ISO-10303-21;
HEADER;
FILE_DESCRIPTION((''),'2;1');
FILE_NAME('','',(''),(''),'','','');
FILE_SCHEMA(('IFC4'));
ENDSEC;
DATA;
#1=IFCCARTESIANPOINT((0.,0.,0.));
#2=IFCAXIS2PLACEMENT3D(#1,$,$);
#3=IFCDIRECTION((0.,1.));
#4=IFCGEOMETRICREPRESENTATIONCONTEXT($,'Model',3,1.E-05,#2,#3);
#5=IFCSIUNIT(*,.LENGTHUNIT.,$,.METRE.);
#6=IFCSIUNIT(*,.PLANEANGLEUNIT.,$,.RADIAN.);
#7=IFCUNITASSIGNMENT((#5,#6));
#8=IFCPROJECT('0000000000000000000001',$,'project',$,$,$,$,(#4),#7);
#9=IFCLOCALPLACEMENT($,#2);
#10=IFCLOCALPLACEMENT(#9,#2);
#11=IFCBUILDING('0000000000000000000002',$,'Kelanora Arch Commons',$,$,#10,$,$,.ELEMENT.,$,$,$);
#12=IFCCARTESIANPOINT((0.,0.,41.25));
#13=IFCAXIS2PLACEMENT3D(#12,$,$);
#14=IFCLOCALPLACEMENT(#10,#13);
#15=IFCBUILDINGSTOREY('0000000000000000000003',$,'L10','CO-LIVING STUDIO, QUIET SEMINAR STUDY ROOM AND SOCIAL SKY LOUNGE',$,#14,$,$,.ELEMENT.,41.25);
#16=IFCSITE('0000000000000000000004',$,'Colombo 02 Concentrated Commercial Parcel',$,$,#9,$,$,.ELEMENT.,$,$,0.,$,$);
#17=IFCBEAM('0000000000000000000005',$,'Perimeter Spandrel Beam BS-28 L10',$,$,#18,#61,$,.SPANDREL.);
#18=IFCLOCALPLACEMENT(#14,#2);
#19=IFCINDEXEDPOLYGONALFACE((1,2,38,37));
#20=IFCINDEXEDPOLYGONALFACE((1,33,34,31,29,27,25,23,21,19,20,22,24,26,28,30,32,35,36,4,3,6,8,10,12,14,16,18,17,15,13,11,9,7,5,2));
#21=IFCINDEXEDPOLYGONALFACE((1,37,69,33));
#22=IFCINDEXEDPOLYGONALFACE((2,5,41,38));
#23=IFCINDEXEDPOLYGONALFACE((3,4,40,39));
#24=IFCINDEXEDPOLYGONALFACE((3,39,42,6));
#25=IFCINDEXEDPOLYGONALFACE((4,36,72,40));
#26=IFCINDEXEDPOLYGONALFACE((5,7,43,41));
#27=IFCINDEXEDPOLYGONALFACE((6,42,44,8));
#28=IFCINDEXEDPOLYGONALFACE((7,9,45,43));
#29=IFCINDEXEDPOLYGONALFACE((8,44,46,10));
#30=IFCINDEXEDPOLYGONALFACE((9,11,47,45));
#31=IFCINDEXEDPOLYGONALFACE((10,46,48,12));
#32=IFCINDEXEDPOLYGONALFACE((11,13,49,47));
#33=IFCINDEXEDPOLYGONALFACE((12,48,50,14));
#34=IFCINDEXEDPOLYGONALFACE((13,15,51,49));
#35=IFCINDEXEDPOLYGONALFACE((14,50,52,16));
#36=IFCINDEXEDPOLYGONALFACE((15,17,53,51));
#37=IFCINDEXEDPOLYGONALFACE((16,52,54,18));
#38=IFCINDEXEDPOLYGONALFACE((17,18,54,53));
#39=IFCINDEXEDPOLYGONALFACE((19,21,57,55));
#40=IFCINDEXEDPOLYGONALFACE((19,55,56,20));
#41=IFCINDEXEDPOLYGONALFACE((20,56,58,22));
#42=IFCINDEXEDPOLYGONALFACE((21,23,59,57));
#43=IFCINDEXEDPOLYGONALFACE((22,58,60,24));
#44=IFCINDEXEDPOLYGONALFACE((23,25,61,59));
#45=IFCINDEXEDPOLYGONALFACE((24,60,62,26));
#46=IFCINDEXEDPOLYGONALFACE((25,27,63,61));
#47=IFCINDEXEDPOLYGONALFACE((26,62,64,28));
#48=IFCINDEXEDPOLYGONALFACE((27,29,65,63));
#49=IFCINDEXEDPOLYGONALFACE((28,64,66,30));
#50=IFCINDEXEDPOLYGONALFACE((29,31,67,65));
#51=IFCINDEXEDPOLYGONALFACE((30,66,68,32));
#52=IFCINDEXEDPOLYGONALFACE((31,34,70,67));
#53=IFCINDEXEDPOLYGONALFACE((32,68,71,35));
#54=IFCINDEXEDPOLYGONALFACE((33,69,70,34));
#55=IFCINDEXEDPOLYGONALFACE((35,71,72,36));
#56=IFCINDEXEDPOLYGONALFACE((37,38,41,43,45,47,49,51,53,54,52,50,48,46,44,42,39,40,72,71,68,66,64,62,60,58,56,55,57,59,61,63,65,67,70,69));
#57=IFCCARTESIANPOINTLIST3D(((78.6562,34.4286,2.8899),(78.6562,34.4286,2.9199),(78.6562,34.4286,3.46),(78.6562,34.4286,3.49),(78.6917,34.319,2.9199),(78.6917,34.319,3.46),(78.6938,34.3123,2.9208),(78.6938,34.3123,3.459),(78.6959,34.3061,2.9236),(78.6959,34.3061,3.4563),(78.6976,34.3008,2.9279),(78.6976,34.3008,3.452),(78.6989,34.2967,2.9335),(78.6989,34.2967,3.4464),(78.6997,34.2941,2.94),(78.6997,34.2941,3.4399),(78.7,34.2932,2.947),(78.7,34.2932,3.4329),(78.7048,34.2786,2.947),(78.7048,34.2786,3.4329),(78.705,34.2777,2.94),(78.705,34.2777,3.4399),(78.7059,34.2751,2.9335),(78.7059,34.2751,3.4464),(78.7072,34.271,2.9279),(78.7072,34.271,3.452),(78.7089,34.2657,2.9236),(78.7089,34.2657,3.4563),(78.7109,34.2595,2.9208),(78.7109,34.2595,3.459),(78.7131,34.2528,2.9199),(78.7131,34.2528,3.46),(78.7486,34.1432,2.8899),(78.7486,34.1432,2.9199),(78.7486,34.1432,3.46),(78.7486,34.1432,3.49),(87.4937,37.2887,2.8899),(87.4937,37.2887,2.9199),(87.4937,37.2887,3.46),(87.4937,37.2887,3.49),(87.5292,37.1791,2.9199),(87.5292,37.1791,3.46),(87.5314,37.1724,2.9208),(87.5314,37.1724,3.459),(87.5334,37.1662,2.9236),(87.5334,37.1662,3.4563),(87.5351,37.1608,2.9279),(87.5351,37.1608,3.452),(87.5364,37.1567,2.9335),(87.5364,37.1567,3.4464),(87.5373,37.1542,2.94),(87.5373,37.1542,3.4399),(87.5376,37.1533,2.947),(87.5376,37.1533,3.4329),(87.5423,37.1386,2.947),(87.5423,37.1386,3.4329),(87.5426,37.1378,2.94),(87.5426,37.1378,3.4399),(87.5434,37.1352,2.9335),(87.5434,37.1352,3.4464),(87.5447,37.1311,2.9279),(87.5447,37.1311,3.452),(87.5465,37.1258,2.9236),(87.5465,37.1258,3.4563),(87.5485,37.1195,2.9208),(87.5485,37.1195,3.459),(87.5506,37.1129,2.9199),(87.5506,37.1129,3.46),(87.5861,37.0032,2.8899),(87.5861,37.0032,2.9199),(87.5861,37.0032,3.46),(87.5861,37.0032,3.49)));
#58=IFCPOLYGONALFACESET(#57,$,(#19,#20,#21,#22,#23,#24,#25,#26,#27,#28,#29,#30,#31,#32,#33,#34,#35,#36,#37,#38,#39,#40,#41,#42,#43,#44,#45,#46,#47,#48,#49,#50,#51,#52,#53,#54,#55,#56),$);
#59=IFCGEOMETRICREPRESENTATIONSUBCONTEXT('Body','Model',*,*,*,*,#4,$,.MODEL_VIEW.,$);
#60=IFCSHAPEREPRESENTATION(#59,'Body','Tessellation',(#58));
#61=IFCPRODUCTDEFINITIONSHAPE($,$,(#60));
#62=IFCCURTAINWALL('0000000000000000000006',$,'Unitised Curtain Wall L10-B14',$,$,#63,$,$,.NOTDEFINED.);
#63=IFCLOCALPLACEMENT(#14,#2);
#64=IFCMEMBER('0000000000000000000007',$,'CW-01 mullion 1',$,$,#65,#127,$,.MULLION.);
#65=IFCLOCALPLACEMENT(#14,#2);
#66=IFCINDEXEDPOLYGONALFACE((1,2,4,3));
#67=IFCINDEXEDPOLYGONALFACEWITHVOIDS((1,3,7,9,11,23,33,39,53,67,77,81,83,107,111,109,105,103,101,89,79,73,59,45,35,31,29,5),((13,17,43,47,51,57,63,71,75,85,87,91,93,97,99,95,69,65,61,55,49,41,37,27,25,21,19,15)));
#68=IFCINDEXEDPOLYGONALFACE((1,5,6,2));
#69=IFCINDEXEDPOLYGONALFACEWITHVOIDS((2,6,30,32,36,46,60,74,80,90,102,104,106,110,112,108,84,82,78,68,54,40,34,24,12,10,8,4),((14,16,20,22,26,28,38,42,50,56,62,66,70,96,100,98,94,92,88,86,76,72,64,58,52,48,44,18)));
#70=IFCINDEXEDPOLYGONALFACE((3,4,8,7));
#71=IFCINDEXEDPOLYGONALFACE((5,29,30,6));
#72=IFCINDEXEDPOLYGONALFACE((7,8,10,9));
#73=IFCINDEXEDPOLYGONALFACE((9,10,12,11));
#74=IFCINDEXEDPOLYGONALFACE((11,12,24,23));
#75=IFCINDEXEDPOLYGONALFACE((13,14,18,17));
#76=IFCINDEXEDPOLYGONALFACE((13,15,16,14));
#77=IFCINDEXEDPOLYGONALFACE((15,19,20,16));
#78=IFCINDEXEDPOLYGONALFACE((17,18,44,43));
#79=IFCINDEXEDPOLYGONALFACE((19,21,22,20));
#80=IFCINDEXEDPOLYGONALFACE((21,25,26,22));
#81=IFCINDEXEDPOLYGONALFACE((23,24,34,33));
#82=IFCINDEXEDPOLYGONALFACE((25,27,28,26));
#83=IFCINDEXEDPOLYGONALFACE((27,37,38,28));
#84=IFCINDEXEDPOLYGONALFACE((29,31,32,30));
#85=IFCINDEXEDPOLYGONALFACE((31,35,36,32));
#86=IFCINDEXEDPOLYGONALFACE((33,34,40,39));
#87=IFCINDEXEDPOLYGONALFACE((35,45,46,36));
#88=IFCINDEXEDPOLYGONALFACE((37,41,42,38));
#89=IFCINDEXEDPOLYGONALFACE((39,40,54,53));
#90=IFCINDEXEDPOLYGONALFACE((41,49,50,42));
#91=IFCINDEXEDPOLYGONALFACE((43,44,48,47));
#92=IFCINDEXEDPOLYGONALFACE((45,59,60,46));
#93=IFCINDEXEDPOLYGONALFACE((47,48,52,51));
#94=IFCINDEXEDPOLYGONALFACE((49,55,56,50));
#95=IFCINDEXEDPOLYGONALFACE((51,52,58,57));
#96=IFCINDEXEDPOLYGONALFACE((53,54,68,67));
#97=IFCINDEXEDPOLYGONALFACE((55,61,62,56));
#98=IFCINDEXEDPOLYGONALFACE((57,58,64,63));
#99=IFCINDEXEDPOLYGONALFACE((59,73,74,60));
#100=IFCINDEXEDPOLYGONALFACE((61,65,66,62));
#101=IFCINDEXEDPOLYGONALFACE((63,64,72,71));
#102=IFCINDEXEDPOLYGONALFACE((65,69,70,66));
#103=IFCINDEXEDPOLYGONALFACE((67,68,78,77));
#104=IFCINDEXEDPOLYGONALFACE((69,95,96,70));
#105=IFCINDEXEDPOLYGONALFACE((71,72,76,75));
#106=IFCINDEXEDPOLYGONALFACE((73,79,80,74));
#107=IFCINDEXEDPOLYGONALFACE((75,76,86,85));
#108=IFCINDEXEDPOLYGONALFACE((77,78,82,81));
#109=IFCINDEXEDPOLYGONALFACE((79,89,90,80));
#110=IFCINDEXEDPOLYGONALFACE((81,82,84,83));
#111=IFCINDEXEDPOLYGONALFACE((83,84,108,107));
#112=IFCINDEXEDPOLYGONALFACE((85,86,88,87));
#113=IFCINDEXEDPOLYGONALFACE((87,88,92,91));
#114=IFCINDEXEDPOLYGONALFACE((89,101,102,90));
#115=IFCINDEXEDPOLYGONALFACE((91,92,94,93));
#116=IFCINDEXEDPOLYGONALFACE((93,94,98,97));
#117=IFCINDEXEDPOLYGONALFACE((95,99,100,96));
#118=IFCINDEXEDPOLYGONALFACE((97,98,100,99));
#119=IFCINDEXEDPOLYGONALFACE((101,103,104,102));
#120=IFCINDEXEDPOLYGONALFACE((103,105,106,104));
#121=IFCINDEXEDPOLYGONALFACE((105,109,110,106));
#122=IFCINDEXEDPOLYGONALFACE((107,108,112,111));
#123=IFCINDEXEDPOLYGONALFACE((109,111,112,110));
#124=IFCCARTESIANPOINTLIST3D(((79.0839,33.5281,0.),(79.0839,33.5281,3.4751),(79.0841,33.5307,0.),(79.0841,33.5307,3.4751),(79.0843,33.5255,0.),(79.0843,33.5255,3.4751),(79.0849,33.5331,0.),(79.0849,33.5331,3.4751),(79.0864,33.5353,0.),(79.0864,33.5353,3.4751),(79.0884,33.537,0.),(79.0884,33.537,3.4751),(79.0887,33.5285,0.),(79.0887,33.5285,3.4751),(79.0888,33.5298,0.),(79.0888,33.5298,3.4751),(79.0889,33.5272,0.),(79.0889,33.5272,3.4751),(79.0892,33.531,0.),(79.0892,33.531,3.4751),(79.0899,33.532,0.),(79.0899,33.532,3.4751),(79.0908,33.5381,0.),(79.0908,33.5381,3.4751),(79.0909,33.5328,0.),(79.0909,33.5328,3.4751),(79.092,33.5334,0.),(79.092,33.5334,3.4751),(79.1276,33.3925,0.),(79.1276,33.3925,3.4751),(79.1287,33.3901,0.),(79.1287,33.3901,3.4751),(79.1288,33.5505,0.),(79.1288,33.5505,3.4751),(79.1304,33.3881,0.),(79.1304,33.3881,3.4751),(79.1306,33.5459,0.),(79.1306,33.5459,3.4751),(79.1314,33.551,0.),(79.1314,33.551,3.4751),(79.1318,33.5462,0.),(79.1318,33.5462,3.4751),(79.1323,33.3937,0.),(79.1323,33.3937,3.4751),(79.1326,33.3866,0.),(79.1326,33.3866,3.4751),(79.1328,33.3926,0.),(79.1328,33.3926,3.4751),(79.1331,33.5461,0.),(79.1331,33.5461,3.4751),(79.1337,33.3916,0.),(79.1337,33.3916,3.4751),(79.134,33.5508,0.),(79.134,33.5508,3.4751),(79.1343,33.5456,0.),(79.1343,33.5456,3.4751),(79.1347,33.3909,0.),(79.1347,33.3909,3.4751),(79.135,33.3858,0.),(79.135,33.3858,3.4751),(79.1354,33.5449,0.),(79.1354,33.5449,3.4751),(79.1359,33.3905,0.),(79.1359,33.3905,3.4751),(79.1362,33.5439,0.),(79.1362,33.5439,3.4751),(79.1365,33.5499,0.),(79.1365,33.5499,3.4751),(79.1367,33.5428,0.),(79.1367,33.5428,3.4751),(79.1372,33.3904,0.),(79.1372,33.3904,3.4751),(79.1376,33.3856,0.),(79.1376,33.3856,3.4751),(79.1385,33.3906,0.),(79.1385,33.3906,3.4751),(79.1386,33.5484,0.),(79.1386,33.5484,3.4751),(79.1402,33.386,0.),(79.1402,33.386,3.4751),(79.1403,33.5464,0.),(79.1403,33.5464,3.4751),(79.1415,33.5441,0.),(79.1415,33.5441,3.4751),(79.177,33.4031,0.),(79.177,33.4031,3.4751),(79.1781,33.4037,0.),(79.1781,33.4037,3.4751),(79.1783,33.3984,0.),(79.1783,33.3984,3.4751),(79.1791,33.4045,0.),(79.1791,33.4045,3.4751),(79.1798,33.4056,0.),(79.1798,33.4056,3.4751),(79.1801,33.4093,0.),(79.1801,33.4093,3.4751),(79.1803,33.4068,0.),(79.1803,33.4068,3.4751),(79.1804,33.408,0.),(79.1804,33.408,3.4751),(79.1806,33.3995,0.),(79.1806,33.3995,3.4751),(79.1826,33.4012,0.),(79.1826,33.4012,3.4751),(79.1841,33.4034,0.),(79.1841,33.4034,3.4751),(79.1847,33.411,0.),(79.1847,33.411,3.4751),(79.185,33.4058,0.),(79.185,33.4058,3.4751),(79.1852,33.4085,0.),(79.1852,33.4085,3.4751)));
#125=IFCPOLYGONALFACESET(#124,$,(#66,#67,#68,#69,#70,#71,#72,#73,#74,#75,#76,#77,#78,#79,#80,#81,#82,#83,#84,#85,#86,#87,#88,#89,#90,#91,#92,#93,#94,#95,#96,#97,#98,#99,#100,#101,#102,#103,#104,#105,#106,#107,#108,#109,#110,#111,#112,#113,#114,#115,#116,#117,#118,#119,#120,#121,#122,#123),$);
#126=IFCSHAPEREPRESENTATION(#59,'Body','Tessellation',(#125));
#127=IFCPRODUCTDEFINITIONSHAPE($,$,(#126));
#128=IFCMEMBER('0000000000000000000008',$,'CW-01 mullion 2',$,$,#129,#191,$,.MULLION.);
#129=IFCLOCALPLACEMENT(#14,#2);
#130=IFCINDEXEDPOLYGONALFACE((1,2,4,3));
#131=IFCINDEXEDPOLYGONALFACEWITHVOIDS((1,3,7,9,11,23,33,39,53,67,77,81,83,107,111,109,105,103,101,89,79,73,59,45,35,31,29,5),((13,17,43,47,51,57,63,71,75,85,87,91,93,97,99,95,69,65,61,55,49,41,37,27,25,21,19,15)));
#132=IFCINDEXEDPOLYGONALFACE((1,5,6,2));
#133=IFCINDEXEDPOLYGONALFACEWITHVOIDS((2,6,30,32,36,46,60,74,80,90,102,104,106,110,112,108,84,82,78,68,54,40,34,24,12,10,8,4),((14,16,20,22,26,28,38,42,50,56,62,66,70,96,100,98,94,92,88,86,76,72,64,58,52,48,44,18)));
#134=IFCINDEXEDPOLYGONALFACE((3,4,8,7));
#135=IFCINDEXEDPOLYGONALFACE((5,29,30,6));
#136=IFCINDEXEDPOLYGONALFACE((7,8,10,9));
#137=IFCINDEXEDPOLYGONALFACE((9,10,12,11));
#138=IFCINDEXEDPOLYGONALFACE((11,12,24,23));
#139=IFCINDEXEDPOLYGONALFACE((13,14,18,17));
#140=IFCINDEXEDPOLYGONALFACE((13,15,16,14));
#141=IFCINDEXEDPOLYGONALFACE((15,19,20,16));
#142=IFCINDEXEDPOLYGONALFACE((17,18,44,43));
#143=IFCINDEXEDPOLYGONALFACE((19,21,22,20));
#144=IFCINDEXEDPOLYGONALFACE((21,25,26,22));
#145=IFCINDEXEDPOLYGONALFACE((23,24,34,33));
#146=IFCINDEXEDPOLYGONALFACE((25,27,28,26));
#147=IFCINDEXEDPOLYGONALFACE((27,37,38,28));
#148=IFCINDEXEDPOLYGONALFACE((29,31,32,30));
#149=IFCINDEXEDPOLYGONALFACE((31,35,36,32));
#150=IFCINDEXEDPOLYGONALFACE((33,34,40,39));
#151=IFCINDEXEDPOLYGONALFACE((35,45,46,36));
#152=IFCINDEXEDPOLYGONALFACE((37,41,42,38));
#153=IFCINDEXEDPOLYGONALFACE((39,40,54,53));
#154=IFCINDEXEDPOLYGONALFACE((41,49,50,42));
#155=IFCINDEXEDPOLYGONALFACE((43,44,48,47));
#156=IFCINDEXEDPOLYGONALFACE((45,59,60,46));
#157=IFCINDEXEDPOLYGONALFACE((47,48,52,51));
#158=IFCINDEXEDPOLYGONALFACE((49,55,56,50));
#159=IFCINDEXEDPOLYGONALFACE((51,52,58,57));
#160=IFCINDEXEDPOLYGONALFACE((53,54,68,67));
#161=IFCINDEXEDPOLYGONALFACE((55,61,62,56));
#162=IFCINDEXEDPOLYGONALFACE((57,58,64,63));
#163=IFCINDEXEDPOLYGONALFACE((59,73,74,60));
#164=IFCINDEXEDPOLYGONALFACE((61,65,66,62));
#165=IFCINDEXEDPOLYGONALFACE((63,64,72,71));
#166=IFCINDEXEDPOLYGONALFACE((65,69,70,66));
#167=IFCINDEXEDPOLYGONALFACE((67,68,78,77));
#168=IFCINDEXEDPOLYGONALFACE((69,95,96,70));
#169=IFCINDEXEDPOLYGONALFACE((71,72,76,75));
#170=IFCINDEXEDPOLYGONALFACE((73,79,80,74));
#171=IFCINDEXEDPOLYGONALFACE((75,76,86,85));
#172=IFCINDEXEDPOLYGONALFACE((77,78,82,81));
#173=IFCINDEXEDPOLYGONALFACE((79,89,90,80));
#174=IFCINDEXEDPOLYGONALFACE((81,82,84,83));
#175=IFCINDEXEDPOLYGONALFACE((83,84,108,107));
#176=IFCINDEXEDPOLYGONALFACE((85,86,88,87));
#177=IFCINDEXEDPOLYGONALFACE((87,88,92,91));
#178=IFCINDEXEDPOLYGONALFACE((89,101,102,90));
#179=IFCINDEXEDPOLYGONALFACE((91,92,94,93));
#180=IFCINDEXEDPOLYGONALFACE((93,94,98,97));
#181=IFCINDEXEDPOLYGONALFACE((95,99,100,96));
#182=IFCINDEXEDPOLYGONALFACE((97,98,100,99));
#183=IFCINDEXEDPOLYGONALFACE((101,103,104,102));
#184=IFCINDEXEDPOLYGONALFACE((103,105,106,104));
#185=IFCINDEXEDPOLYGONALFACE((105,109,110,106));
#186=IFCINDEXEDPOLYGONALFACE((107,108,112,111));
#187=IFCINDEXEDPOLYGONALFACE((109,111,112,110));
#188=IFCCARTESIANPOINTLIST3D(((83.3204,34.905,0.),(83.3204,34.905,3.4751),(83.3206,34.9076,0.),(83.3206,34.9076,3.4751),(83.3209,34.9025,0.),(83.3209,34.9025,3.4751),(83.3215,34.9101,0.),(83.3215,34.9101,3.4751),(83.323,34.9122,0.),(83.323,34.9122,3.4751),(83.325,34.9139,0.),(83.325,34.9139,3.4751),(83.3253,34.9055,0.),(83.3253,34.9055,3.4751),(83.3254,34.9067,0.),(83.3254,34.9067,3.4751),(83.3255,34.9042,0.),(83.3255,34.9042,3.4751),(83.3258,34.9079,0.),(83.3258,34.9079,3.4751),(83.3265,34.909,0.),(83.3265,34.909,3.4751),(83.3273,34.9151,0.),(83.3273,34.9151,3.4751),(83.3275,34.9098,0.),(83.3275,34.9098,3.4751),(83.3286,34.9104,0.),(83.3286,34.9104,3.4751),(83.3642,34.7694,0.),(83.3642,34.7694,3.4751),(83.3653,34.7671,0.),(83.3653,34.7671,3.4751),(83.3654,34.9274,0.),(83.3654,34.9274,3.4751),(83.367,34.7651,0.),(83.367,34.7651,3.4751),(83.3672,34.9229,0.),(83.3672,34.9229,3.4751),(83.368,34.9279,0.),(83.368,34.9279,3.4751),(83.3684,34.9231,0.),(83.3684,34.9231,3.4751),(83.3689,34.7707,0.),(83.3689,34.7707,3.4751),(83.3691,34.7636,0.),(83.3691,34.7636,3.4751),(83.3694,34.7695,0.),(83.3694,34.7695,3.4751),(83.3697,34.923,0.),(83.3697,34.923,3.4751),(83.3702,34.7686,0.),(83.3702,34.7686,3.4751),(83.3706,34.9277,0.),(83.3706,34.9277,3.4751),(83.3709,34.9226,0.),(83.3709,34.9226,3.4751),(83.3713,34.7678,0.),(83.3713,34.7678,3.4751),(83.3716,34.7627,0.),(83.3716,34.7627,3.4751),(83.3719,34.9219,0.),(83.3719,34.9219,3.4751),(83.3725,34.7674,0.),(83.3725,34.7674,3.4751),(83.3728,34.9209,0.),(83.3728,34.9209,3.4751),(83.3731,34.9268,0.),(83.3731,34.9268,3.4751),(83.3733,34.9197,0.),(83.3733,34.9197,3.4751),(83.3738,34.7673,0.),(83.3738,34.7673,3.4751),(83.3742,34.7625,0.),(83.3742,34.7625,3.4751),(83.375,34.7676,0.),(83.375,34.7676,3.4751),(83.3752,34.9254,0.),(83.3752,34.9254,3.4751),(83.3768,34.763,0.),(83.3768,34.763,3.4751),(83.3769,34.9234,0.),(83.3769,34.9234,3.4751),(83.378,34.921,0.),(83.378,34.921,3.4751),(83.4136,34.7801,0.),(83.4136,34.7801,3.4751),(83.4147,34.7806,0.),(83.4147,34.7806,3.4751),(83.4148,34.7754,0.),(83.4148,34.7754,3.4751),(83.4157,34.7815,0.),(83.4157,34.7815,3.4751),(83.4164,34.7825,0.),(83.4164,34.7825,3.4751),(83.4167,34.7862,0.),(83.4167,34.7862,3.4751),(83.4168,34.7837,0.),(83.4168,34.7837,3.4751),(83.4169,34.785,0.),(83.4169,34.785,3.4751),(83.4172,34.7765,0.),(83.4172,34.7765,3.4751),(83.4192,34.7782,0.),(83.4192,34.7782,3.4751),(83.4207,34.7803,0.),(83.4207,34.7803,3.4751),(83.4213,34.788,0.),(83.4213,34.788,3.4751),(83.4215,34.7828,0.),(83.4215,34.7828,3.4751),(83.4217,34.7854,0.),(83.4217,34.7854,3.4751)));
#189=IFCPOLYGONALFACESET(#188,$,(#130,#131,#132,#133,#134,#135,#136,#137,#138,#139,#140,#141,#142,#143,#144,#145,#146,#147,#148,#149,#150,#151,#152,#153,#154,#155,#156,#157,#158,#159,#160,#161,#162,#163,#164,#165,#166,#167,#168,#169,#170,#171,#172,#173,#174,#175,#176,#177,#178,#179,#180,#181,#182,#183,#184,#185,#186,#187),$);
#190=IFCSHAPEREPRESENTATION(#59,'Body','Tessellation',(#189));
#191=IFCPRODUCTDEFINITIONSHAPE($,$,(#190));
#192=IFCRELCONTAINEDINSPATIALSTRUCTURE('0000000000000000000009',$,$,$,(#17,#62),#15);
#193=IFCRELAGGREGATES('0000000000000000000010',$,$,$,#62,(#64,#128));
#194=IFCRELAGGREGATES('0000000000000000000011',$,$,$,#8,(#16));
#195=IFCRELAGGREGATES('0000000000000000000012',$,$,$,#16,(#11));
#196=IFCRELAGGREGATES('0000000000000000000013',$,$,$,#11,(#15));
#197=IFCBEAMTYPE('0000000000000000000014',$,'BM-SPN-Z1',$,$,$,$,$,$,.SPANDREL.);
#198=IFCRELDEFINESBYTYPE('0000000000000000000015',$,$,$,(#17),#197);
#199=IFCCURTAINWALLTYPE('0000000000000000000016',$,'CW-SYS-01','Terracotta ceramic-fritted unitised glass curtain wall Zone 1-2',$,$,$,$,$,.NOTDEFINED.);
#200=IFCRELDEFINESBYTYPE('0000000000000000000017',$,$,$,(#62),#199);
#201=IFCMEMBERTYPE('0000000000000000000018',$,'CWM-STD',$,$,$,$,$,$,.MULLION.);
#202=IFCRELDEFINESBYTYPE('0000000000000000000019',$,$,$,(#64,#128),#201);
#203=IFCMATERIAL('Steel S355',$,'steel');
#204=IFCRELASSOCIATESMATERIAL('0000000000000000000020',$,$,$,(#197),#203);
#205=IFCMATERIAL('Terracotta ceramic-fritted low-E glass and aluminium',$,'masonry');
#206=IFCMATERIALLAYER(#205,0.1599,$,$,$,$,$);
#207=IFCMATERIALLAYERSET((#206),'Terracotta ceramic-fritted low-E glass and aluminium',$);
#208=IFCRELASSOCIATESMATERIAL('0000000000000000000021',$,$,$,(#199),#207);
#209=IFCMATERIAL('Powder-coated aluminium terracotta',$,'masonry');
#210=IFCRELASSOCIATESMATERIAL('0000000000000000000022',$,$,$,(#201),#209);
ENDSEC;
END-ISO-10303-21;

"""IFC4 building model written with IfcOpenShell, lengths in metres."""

from ifc_helpers import new_model, si_unit, direction, frame, origin, origin_2d, place, context, subcontext, project, spatial, hollow_rectangle, i_section, extrude, material, layer, layer_set, material_profile, profile_set, type_object, element, aggregate, save


model = new_model("IFC4")

# Units and contexts
model_context = context("Model", 3, precision=1e-05, world=origin(), true_north=direction((0.0, 1.0)))
body_context = subcontext(model_context, "Body", "Model", "MODEL_VIEW")
ifc_project = project(units=[si_unit("LENGTHUNIT", "METRE"), si_unit("PLANEANGLEUNIT", "RADIAN")], contexts=[model_context])

# Site, building, storey
site_placement = place(None, origin())
site = spatial("IfcSite", under=ifc_project, at=site_placement, Name="Colombo 02 Concentrated Commercial Parcel", CompositionType="ELEMENT", RefElevation=0.0)
building_placement = place(site_placement, origin())
building = spatial("IfcBuilding", under=site, at=building_placement, Name="Kelanora Arch Commons", CompositionType="ELEMENT")
storey_placement = place(building_placement, frame((0.0, 0.0, 41.25)))
storey = spatial("IfcBuildingStorey", under=building, at=storey_placement, Name="L10", Description="CO-LIVING STUDIO, QUIET SEMINAR STUDY ROOM AND SOCIAL SKY LOUNGE", CompositionType="ELEMENT", Elevation=41.25)

# Beam
ifc_material_1 = material(Name="Steel S355", Category="steel")
ifc_material_profile_1 = material_profile(ifc_material_1, i_section(OverallWidth=0.3, OverallDepth=0.6001, WebThickness=0.0154, FlangeThickness=0.03, FilletRadius=0.0271, at=origin_2d()), Name="HEB600")
ifc_profile_set_1 = profile_set([ifc_material_profile_1], Name="Steel S355")
beam_type_1 = type_object("IfcBeamType", Name="BM-SPN-Z1", PredefinedType="SPANDREL", material=ifc_profile_set_1)
beam_1_placement = place(storey_placement, frame((78.7024, 34.2859, 3.1899), z_axis=(0.951417, 0.307905, 0.0), x_axis=(-0.307905, 0.951417, 0.0)))
element("IfcBeam", 1, at=beam_1_placement, inside=storey, type_object=beam_type_1, Name="Perimeter Spandrel Beam BS-28 L10", PredefinedType="SPANDREL", context=body_context, shape_type="SweptSolid", body=[
    extrude(i_section(OverallWidth=0.3, OverallDepth=0.6001, WebThickness=0.0154, FlangeThickness=0.03, FilletRadius=0.0271, at=origin_2d()), origin(), (0.0, 0.0, 1.0), 9.2888),
])

# Curtain wall, members
ifc_material_2 = material(Name="Terracotta ceramic-fritted low-E glass and aluminium", Category="masonry")
ifc_layer_1 = layer(ifc_material_2, 0.1599)
ifc_layer_set_1 = layer_set([ifc_layer_1], Name="Terracotta ceramic-fritted low-E glass and aluminium")
curtain_wall_type = type_object("IfcCurtainWallType", Name="CW-SYS-01", Description="Terracotta ceramic-fritted unitised glass curtain wall Zone 1-2", PredefinedType="NOTDEFINED", material=ifc_layer_set_1)
curtain_wall_placement = place(storey_placement, origin())
curtain_wall = element("IfcCurtainWall", 2, at=curtain_wall_placement, inside=storey, type_object=curtain_wall_type, Name="Unitised Curtain Wall L10-B14", PredefinedType="NOTDEFINED")
ifc_material_3 = material(Name="Powder-coated aluminium terracotta", Category="masonry")
ifc_material_profile_2 = material_profile(ifc_material_3, hollow_rectangle(XDim=0.1599, YDim=0.0601, WallThickness=0.0049, InnerFilletRadius=0.0049, OuterFilletRadius=0.01, at=origin_2d()), Name="CWM160x60")
ifc_profile_set_2 = profile_set([ifc_material_profile_2], Name="Powder-coated aluminium terracotta")
member_type_1 = type_object("IfcMemberType", Name="CWM-STD", PredefinedType="MULLION", material=ifc_profile_set_2)
member_1_placement = place(storey_placement, frame((79.1345, 33.4683, 0.0), z_axis=(0.0, 0.0, 1.0), x_axis=(-0.309058, 0.951043, 0.0)))
member_1 = element("IfcMember", 3, at=member_1_placement, type_object=member_type_1, Name="CW-01 mullion 1", PredefinedType="MULLION", context=body_context, shape_type="SweptSolid", body=[
    extrude(hollow_rectangle(XDim=0.1599, YDim=0.0601, WallThickness=0.0049, InnerFilletRadius=0.0049, OuterFilletRadius=0.01, at=origin_2d()), origin(), (0.0, 0.0, 1.0), 3.4751),
])
member_2_placement = place(storey_placement, frame((83.3711, 34.8452, 0.0), z_axis=(0.0, 0.0, 1.0), x_axis=(-0.309058, 0.951043, 0.0)))
member_2 = element("IfcMember", 4, at=member_2_placement, type_object=member_type_1, Name="CW-01 mullion 2", PredefinedType="MULLION", context=body_context, shape_type="SweptSolid", body=[
    extrude(hollow_rectangle(XDim=0.1599, YDim=0.0601, WallThickness=0.0049, InnerFilletRadius=0.0049, OuterFilletRadius=0.01, at=origin_2d()), origin(), (0.0, 0.0, 1.0), 3.4751),
])
aggregate(curtain_wall, [member_1, member_2])

save(model, "model.ifc")
